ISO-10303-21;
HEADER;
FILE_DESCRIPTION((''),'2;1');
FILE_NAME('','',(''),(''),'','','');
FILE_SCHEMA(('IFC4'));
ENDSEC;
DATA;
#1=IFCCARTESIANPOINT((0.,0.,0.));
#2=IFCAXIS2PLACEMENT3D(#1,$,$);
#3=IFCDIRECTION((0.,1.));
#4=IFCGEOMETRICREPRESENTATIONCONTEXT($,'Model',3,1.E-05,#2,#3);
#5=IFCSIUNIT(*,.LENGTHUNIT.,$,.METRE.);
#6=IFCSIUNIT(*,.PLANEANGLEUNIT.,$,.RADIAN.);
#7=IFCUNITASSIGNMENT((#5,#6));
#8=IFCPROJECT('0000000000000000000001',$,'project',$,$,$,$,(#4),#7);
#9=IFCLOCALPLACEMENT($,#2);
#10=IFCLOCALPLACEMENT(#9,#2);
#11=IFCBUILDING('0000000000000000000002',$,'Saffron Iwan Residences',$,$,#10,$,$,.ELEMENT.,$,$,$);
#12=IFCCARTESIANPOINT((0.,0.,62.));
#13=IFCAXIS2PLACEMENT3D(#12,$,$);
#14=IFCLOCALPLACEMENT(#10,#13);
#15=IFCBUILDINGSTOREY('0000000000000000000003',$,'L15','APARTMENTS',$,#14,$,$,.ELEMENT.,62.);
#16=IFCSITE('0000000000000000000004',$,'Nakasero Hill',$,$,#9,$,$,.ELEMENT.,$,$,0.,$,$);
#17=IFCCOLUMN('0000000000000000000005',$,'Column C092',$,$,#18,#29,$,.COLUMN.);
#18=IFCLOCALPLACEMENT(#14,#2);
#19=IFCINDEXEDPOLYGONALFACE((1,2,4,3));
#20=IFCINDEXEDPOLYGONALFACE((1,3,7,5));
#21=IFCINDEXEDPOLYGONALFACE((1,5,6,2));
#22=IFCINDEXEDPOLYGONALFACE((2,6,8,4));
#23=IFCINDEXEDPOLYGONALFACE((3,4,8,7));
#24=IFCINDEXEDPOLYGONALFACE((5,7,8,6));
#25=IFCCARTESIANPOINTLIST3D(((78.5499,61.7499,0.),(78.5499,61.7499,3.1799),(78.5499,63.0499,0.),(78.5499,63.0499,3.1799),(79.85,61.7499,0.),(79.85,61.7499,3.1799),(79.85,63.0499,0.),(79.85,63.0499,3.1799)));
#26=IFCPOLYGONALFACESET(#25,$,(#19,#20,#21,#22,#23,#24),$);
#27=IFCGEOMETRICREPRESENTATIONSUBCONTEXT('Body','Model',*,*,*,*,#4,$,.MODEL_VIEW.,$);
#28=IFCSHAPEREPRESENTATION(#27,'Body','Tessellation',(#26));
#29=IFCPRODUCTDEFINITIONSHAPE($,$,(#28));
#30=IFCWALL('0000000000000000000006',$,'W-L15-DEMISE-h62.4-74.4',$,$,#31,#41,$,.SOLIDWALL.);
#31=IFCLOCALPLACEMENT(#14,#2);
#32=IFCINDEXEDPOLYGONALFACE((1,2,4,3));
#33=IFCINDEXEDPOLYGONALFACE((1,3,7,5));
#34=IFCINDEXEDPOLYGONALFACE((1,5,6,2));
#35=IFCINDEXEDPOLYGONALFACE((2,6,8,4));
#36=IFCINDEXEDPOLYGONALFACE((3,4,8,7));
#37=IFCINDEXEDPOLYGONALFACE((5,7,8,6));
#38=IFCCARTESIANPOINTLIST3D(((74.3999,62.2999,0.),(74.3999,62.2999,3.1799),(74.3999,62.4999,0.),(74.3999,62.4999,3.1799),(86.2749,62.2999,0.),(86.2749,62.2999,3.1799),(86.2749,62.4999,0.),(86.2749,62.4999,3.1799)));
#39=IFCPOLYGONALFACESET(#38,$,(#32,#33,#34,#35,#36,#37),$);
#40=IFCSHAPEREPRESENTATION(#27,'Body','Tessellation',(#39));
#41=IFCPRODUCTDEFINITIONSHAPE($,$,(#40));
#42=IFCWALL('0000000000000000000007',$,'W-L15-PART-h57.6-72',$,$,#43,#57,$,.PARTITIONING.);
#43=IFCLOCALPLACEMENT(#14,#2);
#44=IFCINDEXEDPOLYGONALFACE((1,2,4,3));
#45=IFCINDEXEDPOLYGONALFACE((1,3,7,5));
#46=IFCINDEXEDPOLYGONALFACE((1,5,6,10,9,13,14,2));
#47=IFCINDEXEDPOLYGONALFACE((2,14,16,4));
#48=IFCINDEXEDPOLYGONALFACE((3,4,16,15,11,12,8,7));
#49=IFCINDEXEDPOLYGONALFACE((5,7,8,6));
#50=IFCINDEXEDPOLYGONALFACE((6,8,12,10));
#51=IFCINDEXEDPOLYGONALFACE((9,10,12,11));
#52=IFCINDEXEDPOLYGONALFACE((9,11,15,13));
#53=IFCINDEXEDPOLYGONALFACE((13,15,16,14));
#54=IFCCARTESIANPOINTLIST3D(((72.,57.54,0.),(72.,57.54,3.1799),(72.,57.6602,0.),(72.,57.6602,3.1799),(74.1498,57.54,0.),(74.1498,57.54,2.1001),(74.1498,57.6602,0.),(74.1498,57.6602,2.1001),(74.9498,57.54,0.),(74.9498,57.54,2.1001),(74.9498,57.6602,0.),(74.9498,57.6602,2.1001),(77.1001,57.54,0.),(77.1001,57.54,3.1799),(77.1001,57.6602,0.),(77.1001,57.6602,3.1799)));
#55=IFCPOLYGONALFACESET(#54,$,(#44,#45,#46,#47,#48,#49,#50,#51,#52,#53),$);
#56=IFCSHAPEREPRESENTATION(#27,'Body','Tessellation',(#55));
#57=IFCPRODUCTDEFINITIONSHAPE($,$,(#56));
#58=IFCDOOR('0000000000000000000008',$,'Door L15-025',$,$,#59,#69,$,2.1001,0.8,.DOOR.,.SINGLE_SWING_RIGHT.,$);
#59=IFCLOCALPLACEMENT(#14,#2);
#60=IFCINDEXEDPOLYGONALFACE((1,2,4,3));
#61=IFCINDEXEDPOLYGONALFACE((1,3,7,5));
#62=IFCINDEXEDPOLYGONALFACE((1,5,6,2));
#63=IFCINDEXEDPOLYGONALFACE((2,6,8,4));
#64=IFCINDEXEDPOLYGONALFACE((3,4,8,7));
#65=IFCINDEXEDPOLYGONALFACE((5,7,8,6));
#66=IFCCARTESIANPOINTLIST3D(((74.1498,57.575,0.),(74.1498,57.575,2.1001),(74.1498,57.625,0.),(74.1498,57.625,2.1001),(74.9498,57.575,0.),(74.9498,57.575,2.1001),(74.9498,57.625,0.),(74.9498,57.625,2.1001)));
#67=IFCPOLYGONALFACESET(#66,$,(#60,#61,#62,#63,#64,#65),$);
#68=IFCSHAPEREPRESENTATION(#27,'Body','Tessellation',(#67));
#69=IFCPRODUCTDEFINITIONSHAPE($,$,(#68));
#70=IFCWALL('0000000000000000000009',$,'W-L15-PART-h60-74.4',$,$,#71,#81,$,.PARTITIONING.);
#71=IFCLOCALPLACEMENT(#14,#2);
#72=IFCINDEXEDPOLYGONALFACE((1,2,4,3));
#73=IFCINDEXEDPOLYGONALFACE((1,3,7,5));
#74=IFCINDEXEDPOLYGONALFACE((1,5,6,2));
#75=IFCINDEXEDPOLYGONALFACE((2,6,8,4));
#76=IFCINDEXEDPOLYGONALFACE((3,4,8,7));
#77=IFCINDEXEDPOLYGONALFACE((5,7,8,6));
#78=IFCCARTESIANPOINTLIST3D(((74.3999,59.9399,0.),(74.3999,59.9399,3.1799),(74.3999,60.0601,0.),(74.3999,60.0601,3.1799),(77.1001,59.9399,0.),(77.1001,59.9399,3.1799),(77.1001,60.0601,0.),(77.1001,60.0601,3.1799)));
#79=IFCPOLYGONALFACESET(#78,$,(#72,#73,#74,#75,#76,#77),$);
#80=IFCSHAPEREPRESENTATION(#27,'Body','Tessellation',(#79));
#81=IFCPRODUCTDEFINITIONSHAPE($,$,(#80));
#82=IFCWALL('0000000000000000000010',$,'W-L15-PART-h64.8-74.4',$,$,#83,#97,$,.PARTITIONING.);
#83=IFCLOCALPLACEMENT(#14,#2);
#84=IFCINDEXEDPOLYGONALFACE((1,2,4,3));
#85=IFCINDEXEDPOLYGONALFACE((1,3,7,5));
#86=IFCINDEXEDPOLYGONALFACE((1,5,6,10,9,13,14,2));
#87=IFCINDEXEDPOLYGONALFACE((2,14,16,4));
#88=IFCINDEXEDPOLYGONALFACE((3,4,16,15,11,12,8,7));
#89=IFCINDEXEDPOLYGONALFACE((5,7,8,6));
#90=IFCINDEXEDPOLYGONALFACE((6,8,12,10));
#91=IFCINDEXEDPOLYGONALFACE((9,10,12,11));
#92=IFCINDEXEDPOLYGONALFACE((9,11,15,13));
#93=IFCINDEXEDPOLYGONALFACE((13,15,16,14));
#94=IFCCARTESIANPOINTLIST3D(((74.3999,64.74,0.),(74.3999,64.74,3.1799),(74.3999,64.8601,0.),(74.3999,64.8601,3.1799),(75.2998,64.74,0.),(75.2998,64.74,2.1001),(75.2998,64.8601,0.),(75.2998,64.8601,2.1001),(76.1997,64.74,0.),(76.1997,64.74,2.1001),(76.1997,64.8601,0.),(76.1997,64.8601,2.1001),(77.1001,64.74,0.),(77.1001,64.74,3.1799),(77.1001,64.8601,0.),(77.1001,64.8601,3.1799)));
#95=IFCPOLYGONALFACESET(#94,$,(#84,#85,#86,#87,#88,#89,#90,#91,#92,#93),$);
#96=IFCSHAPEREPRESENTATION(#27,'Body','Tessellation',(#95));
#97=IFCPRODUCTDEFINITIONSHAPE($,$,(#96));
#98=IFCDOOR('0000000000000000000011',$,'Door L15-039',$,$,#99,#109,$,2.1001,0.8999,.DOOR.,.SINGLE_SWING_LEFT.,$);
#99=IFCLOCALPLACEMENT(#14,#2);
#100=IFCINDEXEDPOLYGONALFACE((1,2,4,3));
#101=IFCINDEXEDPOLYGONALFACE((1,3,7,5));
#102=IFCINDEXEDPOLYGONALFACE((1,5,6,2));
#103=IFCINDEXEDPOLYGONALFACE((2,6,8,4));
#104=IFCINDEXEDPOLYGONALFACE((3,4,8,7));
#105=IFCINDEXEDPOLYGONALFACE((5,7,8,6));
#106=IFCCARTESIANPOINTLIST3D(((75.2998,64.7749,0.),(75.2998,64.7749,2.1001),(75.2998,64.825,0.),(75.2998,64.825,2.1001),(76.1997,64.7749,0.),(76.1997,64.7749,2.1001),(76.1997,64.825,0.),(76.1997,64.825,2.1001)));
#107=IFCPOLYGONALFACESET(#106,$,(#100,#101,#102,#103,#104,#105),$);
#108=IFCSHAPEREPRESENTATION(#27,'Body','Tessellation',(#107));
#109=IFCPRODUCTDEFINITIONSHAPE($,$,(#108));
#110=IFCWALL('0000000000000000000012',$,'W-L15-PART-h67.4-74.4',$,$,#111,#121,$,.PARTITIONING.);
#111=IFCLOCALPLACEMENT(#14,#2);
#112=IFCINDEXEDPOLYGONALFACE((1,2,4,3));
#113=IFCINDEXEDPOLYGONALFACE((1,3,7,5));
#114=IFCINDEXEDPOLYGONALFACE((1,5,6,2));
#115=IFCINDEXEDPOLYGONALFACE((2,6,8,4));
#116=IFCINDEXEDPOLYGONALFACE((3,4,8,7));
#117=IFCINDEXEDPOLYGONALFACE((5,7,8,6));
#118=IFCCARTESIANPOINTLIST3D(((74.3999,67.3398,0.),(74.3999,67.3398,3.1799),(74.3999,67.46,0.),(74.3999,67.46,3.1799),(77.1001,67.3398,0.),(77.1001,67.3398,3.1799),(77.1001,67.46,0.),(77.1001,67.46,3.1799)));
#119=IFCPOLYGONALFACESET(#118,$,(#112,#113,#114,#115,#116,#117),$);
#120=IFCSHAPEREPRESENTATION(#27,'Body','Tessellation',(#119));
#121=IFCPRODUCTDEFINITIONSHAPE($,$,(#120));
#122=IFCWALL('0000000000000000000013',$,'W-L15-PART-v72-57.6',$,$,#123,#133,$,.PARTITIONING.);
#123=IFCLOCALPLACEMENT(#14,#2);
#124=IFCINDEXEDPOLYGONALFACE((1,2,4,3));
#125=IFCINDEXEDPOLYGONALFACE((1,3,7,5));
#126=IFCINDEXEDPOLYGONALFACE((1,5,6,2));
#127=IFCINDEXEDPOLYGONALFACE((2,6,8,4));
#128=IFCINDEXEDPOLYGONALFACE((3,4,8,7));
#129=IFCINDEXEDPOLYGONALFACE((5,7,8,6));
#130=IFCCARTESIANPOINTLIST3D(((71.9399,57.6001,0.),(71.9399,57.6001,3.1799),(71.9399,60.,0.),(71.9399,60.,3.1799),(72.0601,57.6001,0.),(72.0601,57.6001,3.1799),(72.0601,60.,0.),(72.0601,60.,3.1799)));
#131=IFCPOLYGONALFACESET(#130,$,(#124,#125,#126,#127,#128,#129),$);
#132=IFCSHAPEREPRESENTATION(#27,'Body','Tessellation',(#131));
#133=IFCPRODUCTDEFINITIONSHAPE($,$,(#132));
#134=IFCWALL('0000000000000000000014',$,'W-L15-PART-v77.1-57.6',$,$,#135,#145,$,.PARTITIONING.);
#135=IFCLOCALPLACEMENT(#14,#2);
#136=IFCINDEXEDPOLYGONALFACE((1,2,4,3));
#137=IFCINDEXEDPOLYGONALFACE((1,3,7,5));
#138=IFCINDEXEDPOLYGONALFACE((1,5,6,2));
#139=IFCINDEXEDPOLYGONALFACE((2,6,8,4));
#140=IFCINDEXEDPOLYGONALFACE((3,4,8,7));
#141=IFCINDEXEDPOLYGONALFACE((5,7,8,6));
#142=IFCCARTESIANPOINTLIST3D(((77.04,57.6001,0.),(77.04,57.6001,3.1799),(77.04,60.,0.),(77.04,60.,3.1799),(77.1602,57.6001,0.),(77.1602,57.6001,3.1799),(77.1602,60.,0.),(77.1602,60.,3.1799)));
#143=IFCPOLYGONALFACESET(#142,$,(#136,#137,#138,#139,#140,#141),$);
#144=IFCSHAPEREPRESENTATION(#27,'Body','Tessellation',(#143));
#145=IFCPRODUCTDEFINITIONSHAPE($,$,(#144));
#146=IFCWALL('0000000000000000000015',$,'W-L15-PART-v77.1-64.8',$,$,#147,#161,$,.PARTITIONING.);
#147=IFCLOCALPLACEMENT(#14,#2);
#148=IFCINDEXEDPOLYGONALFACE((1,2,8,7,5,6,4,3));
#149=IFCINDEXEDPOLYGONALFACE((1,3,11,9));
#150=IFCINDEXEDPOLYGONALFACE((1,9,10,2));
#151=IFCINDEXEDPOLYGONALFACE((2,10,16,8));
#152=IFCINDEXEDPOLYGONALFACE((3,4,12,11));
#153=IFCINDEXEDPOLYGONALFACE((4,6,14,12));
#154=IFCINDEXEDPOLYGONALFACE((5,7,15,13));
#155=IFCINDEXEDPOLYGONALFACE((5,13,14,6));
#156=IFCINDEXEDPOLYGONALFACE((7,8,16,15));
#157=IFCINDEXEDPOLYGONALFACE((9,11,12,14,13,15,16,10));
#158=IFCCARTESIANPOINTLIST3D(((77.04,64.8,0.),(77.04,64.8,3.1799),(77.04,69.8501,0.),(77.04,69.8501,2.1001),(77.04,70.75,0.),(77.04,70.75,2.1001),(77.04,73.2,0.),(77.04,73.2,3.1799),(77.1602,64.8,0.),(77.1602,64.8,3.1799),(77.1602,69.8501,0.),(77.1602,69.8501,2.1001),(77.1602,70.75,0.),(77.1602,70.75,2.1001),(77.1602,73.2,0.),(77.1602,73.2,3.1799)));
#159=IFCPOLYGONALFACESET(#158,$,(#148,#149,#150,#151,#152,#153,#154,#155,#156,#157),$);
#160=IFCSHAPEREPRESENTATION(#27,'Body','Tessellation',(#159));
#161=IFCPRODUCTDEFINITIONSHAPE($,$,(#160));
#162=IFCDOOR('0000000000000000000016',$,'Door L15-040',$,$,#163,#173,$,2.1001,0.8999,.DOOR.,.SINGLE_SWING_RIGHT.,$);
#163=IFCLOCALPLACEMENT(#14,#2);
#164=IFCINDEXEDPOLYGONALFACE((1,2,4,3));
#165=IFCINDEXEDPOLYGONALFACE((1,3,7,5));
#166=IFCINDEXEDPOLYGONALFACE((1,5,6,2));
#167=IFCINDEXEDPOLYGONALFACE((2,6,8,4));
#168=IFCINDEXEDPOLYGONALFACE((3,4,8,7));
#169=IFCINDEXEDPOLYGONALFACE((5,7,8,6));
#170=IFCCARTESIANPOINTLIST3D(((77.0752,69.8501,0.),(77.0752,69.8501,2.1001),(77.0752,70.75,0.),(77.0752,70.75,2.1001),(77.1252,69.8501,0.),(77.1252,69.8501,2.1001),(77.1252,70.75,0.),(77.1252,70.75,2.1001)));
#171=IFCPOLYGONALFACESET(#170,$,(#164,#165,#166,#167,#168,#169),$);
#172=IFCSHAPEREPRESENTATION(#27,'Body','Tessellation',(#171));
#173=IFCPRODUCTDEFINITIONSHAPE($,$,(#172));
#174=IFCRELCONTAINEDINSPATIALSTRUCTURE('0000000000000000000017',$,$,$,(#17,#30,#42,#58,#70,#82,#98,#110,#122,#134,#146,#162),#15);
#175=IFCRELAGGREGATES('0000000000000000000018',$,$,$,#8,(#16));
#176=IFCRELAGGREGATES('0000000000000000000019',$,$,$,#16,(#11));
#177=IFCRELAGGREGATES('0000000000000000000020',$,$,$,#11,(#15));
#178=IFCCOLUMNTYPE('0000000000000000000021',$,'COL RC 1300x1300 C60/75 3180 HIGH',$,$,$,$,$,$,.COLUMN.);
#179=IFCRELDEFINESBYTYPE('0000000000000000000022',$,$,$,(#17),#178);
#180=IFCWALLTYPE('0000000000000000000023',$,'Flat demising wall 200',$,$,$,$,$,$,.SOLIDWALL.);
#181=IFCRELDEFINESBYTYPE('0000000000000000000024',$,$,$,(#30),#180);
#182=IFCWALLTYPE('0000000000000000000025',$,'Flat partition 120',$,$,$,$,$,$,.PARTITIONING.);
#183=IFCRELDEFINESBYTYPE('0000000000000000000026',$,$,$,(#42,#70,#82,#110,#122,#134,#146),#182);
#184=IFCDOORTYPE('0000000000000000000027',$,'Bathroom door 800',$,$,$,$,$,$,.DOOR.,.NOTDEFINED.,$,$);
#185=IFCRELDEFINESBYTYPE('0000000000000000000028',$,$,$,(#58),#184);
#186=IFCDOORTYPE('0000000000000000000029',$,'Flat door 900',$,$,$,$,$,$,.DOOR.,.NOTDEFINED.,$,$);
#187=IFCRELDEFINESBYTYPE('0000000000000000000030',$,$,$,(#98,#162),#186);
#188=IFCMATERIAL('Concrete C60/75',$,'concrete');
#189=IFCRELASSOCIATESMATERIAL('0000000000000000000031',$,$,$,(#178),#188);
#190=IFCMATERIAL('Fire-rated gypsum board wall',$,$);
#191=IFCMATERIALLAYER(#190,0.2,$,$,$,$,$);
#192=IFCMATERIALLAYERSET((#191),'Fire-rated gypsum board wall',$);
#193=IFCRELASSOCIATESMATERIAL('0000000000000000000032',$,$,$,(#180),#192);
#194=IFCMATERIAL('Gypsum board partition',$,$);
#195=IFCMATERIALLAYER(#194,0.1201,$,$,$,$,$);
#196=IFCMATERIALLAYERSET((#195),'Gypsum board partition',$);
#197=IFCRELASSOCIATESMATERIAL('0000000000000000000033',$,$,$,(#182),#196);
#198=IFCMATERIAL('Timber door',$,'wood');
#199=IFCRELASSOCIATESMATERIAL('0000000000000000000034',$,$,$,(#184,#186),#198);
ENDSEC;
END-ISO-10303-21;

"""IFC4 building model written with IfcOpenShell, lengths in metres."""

from ifc_helpers import new_model, si_unit, direction, frame, frame_2d, origin, origin_2d, place, context, subcontext, project, spatial, rectangle, extrude, source, transform, mapped, material, layer, layer_set, material_profile, profile_set, type_object, element, fill, save


model = new_model("IFC4")

# Units and contexts
model_context = context("Model", 3, precision=1e-05, world=origin(), true_north=direction((0.0, 1.0)))
body_context = subcontext(model_context, "Body", "Model", "MODEL_VIEW")
ifc_project = project(units=[si_unit("LENGTHUNIT", "METRE"), si_unit("PLANEANGLEUNIT", "RADIAN")], contexts=[model_context])

# Site, building, storey
site_placement = place(None, origin())
site = spatial("IfcSite", under=ifc_project, at=site_placement, Name="Nakasero Hill", CompositionType="ELEMENT", RefElevation=0.0)
building_placement = place(site_placement, origin())
building = spatial("IfcBuilding", under=site, at=building_placement, Name="Saffron Iwan Residences", CompositionType="ELEMENT")
storey_placement = place(building_placement, frame((0.0, 0.0, 62.0)))
storey = spatial("IfcBuildingStorey", under=building, at=storey_placement, Name="L15", Description="APARTMENTS", CompositionType="ELEMENT", Elevation=62.0)

# Column
ifc_material_1 = material(Name="Concrete C60/75", Category="concrete")
ifc_material_profile = material_profile(ifc_material_1, rectangle(XDim=1.3, YDim=1.3, at=origin_2d()), Name="RC 1300x1300")
ifc_profile_set = profile_set([ifc_material_profile], Name="Concrete C60/75")
column_type = type_object("IfcColumnType", Name="COL RC 1300x1300 C60/75 3180 HIGH", PredefinedType="COLUMN", material=ifc_profile_set)
shared_shape = source(origin(), body_context, "Body", "SweptSolid", [
    extrude(rectangle(XDim=1.3, YDim=1.3, at=origin_2d()), origin(), (0.0, 0.0, 1.0), 3.1799),
])
column_placement = place(storey_placement, frame((79.2, 62.3999, 0.0), z_axis=(0.0, 0.0, 1.0), x_axis=(1.0, 0.0, 0.0)))
element("IfcColumn", 1, at=column_placement, inside=storey, type_object=column_type, Name="Column C092", PredefinedType="COLUMN", context=body_context, shape_type="MappedRepresentation", body=[
    mapped(shared_shape, transform((0.0, 0.0, 0.0))),
])

# Wall
ifc_material_2 = material(Name="Fire-rated gypsum board wall")
ifc_layer_1 = layer(ifc_material_2, 0.2)
ifc_layer_set_1 = layer_set([ifc_layer_1], Name="Fire-rated gypsum board wall")
wall_type_1 = type_object("IfcWallType", Name="Flat demising wall 200", PredefinedType="SOLIDWALL", material=ifc_layer_set_1)
wall_1_placement = place(storey_placement, frame((74.3999, 62.3999, 0.0), z_axis=(0.0, 0.0, 1.0), x_axis=(1.0, 0.0, 0.0)))
element("IfcWall", 2, at=wall_1_placement, inside=storey, type_object=wall_type_1, Name="W-L15-DEMISE-h62.4-74.4", PredefinedType="SOLIDWALL", context=body_context, shape_type="SweptSolid", body=[
    extrude(rectangle(XDim=11.875, YDim=0.2, at=frame_2d((5.9375, 0.0))), origin(), (0.0, 0.0, 1.0), 3.1799),
])

# Wall, opening, door
ifc_material_3 = material(Name="Gypsum board partition")
ifc_layer_2 = layer(ifc_material_3, 0.1201)
ifc_layer_set_2 = layer_set([ifc_layer_2], Name="Gypsum board partition")
wall_type_2 = type_object("IfcWallType", Name="Flat partition 120", PredefinedType="PARTITIONING", material=ifc_layer_set_2)
wall_2_placement = place(storey_placement, frame((72.0, 57.6001, 0.0), z_axis=(0.0, 0.0, 1.0), x_axis=(1.0, 0.0, 0.0)))
wall_2 = element("IfcWall", 3, at=wall_2_placement, inside=storey, type_object=wall_type_2, Name="W-L15-PART-h57.6-72", PredefinedType="PARTITIONING", context=body_context, shape_type="SweptSolid", body=[
    extrude(rectangle(XDim=5.1001, YDim=0.1201, at=frame_2d((2.55, 0.0))), origin(), (0.0, 0.0, 1.0), 3.1799),
])
opening_1_placement = place(wall_2_placement, frame((2.1499, 0.0, 0.0)))
opening_1 = element("IfcOpeningElement", 4, at=opening_1_placement, cuts=wall_2, PredefinedType="OPENING", context=body_context, shape_type="SweptSolid", body=[
    extrude(rectangle(XDim=0.8, YDim=2.1001, at=frame_2d((0.3999, 1.05))), frame((0.0, 0.0701, 0.0), z_axis=(0.0, -1.0, 0.0), x_axis=(1.0, 0.0, 0.0)), (0.0, 0.0, 1.0), 0.1401),
])
ifc_material_4 = material(Name="Timber door", Category="wood")
door_type_1 = type_object("IfcDoorType", Name="Bathroom door 800", OperationType="NOTDEFINED", PredefinedType="DOOR", material=ifc_material_4)
door_1_placement = place(opening_1_placement, origin())
door_1 = element("IfcDoor", 5, at=door_1_placement, inside=storey, type_object=door_type_1, Name="Door L15-025", OperationType="SINGLE_SWING_RIGHT", OverallHeight=2.1001, OverallWidth=0.8, PredefinedType="DOOR", context=body_context, shape_type="SweptSolid", body=[
    extrude(rectangle(XDim=0.8, YDim=2.1001, at=frame_2d((0.3999, 1.05))), frame((0.0, 0.0249, 0.0), z_axis=(0.0, -1.0, 0.0), x_axis=(1.0, 0.0, 0.0)), (0.0, 0.0, 1.0), 0.05),
])
fill(opening_1, door_1)

# Wall
wall_3_placement = place(storey_placement, frame((74.3999, 60.0, 0.0), z_axis=(0.0, 0.0, 1.0), x_axis=(1.0, 0.0, 0.0)))
element("IfcWall", 6, at=wall_3_placement, inside=storey, type_object=wall_type_2, Name="W-L15-PART-h60-74.4", PredefinedType="PARTITIONING", context=body_context, shape_type="SweptSolid", body=[
    extrude(rectangle(XDim=2.7002, YDim=0.1201, at=frame_2d((1.3501, 0.0))), origin(), (0.0, 0.0, 1.0), 3.1799),
])

# Wall, opening, door
wall_4_placement = place(storey_placement, frame((74.3999, 64.8, 0.0), z_axis=(0.0, 0.0, 1.0), x_axis=(1.0, 0.0, 0.0)))
wall_4 = element("IfcWall", 7, at=wall_4_placement, inside=storey, type_object=wall_type_2, Name="W-L15-PART-h64.8-74.4", PredefinedType="PARTITIONING", context=body_context, shape_type="SweptSolid", body=[
    extrude(rectangle(XDim=2.7002, YDim=0.1201, at=frame_2d((1.3501, 0.0))), origin(), (0.0, 0.0, 1.0), 3.1799),
])
opening_2_placement = place(wall_4_placement, frame((0.8999, 0.0, 0.0)))
opening_2 = element("IfcOpeningElement", 8, at=opening_2_placement, cuts=wall_4, PredefinedType="OPENING", context=body_context, shape_type="SweptSolid", body=[
    extrude(rectangle(XDim=0.8999, YDim=2.1001, at=frame_2d((0.45, 1.05))), frame((0.0, 0.0701, 0.0), z_axis=(0.0, -1.0, 0.0), x_axis=(1.0, 0.0, 0.0)), (0.0, 0.0, 1.0), 0.1401),
])
door_type_2 = type_object("IfcDoorType", Name="Flat door 900", OperationType="NOTDEFINED", PredefinedType="DOOR", material=ifc_material_4)
door_2_placement = place(opening_2_placement, origin())
door_2 = element("IfcDoor", 9, at=door_2_placement, inside=storey, type_object=door_type_2, Name="Door L15-039", OperationType="SINGLE_SWING_LEFT", OverallHeight=2.1001, OverallWidth=0.8999, PredefinedType="DOOR", context=body_context, shape_type="SweptSolid", body=[
    extrude(rectangle(XDim=0.8999, YDim=2.1001, at=frame_2d((0.45, 1.05))), frame((0.0, 0.0249, 0.0), z_axis=(0.0, -1.0, 0.0), x_axis=(1.0, 0.0, 0.0)), (0.0, 0.0, 1.0), 0.05),
])
fill(opening_2, door_2)

# Walls
wall_5_placement = place(storey_placement, frame((74.3999, 67.3999, 0.0), z_axis=(0.0, 0.0, 1.0), x_axis=(1.0, 0.0, 0.0)))
element("IfcWall", 10, at=wall_5_placement, inside=storey, type_object=wall_type_2, Name="W-L15-PART-h67.4-74.4", PredefinedType="PARTITIONING", context=body_context, shape_type="SweptSolid", body=[
    extrude(rectangle(XDim=2.7002, YDim=0.1201, at=frame_2d((1.3501, 0.0))), origin(), (0.0, 0.0, 1.0), 3.1799),
])
for number, where, z_axis, x_axis, name in (
    (11, (72.0, 57.6001, 0.0), (0.0, 0.0, 1.0), (0.0, 1.0, 0.0), "W-L15-PART-v72-57.6"),
    (12, (77.1001, 57.6001, 0.0), (0.0, 0.0, 1.0), (0.0, 1.0, 0.0), "W-L15-PART-v77.1-57.6"),
):
    element("IfcWall", number, at=place(storey_placement, frame(where, z_axis=z_axis, x_axis=x_axis)), inside=storey, type_object=wall_type_2, Name=name, PredefinedType="PARTITIONING", context=body_context, shape_type="SweptSolid", body=[
        extrude(rectangle(XDim=2.3999, YDim=0.1201, at=frame_2d((1.2, 0.0))), origin(), (0.0, 0.0, 1.0), 3.1799),
    ])

# Wall, opening, door
wall_6_placement = place(storey_placement, frame((77.1001, 64.8, 0.0), z_axis=(0.0, 0.0, 1.0), x_axis=(0.0, 1.0, 0.0)))
wall_6 = element("IfcWall", 13, at=wall_6_placement, inside=storey, type_object=wall_type_2, Name="W-L15-PART-v77.1-64.8", PredefinedType="PARTITIONING", context=body_context, shape_type="SweptSolid", body=[
    extrude(rectangle(XDim=8.3999, YDim=0.1201, at=frame_2d((4.2, 0.0))), origin(), (0.0, 0.0, 1.0), 3.1799),
])
opening_3_placement = place(wall_6_placement, frame((5.05, 0.0, 0.0)))
opening_3 = element("IfcOpeningElement", 14, at=opening_3_placement, cuts=wall_6, PredefinedType="OPENING", context=body_context, shape_type="SweptSolid", body=[
    extrude(rectangle(XDim=0.8999, YDim=2.1001, at=frame_2d((0.45, 1.05))), frame((0.0, 0.0701, 0.0), z_axis=(0.0, -1.0, 0.0), x_axis=(1.0, 0.0, 0.0)), (0.0, 0.0, 1.0), 0.1401),
])
door_3_placement = place(opening_3_placement, origin())
door_3 = element("IfcDoor", 15, at=door_3_placement, inside=storey, type_object=door_type_2, Name="Door L15-040", OperationType="SINGLE_SWING_RIGHT", OverallHeight=2.1001, OverallWidth=0.8999, PredefinedType="DOOR", context=body_context, shape_type="SweptSolid", body=[
    extrude(rectangle(XDim=0.8999, YDim=2.1001, at=frame_2d((0.45, 1.05))), frame((0.0, 0.0249, 0.0), z_axis=(0.0, -1.0, 0.0), x_axis=(1.0, 0.0, 0.0)), (0.0, 0.0, 1.0), 0.05),
])
fill(opening_3, door_3)

save(model, "model.ifc")
